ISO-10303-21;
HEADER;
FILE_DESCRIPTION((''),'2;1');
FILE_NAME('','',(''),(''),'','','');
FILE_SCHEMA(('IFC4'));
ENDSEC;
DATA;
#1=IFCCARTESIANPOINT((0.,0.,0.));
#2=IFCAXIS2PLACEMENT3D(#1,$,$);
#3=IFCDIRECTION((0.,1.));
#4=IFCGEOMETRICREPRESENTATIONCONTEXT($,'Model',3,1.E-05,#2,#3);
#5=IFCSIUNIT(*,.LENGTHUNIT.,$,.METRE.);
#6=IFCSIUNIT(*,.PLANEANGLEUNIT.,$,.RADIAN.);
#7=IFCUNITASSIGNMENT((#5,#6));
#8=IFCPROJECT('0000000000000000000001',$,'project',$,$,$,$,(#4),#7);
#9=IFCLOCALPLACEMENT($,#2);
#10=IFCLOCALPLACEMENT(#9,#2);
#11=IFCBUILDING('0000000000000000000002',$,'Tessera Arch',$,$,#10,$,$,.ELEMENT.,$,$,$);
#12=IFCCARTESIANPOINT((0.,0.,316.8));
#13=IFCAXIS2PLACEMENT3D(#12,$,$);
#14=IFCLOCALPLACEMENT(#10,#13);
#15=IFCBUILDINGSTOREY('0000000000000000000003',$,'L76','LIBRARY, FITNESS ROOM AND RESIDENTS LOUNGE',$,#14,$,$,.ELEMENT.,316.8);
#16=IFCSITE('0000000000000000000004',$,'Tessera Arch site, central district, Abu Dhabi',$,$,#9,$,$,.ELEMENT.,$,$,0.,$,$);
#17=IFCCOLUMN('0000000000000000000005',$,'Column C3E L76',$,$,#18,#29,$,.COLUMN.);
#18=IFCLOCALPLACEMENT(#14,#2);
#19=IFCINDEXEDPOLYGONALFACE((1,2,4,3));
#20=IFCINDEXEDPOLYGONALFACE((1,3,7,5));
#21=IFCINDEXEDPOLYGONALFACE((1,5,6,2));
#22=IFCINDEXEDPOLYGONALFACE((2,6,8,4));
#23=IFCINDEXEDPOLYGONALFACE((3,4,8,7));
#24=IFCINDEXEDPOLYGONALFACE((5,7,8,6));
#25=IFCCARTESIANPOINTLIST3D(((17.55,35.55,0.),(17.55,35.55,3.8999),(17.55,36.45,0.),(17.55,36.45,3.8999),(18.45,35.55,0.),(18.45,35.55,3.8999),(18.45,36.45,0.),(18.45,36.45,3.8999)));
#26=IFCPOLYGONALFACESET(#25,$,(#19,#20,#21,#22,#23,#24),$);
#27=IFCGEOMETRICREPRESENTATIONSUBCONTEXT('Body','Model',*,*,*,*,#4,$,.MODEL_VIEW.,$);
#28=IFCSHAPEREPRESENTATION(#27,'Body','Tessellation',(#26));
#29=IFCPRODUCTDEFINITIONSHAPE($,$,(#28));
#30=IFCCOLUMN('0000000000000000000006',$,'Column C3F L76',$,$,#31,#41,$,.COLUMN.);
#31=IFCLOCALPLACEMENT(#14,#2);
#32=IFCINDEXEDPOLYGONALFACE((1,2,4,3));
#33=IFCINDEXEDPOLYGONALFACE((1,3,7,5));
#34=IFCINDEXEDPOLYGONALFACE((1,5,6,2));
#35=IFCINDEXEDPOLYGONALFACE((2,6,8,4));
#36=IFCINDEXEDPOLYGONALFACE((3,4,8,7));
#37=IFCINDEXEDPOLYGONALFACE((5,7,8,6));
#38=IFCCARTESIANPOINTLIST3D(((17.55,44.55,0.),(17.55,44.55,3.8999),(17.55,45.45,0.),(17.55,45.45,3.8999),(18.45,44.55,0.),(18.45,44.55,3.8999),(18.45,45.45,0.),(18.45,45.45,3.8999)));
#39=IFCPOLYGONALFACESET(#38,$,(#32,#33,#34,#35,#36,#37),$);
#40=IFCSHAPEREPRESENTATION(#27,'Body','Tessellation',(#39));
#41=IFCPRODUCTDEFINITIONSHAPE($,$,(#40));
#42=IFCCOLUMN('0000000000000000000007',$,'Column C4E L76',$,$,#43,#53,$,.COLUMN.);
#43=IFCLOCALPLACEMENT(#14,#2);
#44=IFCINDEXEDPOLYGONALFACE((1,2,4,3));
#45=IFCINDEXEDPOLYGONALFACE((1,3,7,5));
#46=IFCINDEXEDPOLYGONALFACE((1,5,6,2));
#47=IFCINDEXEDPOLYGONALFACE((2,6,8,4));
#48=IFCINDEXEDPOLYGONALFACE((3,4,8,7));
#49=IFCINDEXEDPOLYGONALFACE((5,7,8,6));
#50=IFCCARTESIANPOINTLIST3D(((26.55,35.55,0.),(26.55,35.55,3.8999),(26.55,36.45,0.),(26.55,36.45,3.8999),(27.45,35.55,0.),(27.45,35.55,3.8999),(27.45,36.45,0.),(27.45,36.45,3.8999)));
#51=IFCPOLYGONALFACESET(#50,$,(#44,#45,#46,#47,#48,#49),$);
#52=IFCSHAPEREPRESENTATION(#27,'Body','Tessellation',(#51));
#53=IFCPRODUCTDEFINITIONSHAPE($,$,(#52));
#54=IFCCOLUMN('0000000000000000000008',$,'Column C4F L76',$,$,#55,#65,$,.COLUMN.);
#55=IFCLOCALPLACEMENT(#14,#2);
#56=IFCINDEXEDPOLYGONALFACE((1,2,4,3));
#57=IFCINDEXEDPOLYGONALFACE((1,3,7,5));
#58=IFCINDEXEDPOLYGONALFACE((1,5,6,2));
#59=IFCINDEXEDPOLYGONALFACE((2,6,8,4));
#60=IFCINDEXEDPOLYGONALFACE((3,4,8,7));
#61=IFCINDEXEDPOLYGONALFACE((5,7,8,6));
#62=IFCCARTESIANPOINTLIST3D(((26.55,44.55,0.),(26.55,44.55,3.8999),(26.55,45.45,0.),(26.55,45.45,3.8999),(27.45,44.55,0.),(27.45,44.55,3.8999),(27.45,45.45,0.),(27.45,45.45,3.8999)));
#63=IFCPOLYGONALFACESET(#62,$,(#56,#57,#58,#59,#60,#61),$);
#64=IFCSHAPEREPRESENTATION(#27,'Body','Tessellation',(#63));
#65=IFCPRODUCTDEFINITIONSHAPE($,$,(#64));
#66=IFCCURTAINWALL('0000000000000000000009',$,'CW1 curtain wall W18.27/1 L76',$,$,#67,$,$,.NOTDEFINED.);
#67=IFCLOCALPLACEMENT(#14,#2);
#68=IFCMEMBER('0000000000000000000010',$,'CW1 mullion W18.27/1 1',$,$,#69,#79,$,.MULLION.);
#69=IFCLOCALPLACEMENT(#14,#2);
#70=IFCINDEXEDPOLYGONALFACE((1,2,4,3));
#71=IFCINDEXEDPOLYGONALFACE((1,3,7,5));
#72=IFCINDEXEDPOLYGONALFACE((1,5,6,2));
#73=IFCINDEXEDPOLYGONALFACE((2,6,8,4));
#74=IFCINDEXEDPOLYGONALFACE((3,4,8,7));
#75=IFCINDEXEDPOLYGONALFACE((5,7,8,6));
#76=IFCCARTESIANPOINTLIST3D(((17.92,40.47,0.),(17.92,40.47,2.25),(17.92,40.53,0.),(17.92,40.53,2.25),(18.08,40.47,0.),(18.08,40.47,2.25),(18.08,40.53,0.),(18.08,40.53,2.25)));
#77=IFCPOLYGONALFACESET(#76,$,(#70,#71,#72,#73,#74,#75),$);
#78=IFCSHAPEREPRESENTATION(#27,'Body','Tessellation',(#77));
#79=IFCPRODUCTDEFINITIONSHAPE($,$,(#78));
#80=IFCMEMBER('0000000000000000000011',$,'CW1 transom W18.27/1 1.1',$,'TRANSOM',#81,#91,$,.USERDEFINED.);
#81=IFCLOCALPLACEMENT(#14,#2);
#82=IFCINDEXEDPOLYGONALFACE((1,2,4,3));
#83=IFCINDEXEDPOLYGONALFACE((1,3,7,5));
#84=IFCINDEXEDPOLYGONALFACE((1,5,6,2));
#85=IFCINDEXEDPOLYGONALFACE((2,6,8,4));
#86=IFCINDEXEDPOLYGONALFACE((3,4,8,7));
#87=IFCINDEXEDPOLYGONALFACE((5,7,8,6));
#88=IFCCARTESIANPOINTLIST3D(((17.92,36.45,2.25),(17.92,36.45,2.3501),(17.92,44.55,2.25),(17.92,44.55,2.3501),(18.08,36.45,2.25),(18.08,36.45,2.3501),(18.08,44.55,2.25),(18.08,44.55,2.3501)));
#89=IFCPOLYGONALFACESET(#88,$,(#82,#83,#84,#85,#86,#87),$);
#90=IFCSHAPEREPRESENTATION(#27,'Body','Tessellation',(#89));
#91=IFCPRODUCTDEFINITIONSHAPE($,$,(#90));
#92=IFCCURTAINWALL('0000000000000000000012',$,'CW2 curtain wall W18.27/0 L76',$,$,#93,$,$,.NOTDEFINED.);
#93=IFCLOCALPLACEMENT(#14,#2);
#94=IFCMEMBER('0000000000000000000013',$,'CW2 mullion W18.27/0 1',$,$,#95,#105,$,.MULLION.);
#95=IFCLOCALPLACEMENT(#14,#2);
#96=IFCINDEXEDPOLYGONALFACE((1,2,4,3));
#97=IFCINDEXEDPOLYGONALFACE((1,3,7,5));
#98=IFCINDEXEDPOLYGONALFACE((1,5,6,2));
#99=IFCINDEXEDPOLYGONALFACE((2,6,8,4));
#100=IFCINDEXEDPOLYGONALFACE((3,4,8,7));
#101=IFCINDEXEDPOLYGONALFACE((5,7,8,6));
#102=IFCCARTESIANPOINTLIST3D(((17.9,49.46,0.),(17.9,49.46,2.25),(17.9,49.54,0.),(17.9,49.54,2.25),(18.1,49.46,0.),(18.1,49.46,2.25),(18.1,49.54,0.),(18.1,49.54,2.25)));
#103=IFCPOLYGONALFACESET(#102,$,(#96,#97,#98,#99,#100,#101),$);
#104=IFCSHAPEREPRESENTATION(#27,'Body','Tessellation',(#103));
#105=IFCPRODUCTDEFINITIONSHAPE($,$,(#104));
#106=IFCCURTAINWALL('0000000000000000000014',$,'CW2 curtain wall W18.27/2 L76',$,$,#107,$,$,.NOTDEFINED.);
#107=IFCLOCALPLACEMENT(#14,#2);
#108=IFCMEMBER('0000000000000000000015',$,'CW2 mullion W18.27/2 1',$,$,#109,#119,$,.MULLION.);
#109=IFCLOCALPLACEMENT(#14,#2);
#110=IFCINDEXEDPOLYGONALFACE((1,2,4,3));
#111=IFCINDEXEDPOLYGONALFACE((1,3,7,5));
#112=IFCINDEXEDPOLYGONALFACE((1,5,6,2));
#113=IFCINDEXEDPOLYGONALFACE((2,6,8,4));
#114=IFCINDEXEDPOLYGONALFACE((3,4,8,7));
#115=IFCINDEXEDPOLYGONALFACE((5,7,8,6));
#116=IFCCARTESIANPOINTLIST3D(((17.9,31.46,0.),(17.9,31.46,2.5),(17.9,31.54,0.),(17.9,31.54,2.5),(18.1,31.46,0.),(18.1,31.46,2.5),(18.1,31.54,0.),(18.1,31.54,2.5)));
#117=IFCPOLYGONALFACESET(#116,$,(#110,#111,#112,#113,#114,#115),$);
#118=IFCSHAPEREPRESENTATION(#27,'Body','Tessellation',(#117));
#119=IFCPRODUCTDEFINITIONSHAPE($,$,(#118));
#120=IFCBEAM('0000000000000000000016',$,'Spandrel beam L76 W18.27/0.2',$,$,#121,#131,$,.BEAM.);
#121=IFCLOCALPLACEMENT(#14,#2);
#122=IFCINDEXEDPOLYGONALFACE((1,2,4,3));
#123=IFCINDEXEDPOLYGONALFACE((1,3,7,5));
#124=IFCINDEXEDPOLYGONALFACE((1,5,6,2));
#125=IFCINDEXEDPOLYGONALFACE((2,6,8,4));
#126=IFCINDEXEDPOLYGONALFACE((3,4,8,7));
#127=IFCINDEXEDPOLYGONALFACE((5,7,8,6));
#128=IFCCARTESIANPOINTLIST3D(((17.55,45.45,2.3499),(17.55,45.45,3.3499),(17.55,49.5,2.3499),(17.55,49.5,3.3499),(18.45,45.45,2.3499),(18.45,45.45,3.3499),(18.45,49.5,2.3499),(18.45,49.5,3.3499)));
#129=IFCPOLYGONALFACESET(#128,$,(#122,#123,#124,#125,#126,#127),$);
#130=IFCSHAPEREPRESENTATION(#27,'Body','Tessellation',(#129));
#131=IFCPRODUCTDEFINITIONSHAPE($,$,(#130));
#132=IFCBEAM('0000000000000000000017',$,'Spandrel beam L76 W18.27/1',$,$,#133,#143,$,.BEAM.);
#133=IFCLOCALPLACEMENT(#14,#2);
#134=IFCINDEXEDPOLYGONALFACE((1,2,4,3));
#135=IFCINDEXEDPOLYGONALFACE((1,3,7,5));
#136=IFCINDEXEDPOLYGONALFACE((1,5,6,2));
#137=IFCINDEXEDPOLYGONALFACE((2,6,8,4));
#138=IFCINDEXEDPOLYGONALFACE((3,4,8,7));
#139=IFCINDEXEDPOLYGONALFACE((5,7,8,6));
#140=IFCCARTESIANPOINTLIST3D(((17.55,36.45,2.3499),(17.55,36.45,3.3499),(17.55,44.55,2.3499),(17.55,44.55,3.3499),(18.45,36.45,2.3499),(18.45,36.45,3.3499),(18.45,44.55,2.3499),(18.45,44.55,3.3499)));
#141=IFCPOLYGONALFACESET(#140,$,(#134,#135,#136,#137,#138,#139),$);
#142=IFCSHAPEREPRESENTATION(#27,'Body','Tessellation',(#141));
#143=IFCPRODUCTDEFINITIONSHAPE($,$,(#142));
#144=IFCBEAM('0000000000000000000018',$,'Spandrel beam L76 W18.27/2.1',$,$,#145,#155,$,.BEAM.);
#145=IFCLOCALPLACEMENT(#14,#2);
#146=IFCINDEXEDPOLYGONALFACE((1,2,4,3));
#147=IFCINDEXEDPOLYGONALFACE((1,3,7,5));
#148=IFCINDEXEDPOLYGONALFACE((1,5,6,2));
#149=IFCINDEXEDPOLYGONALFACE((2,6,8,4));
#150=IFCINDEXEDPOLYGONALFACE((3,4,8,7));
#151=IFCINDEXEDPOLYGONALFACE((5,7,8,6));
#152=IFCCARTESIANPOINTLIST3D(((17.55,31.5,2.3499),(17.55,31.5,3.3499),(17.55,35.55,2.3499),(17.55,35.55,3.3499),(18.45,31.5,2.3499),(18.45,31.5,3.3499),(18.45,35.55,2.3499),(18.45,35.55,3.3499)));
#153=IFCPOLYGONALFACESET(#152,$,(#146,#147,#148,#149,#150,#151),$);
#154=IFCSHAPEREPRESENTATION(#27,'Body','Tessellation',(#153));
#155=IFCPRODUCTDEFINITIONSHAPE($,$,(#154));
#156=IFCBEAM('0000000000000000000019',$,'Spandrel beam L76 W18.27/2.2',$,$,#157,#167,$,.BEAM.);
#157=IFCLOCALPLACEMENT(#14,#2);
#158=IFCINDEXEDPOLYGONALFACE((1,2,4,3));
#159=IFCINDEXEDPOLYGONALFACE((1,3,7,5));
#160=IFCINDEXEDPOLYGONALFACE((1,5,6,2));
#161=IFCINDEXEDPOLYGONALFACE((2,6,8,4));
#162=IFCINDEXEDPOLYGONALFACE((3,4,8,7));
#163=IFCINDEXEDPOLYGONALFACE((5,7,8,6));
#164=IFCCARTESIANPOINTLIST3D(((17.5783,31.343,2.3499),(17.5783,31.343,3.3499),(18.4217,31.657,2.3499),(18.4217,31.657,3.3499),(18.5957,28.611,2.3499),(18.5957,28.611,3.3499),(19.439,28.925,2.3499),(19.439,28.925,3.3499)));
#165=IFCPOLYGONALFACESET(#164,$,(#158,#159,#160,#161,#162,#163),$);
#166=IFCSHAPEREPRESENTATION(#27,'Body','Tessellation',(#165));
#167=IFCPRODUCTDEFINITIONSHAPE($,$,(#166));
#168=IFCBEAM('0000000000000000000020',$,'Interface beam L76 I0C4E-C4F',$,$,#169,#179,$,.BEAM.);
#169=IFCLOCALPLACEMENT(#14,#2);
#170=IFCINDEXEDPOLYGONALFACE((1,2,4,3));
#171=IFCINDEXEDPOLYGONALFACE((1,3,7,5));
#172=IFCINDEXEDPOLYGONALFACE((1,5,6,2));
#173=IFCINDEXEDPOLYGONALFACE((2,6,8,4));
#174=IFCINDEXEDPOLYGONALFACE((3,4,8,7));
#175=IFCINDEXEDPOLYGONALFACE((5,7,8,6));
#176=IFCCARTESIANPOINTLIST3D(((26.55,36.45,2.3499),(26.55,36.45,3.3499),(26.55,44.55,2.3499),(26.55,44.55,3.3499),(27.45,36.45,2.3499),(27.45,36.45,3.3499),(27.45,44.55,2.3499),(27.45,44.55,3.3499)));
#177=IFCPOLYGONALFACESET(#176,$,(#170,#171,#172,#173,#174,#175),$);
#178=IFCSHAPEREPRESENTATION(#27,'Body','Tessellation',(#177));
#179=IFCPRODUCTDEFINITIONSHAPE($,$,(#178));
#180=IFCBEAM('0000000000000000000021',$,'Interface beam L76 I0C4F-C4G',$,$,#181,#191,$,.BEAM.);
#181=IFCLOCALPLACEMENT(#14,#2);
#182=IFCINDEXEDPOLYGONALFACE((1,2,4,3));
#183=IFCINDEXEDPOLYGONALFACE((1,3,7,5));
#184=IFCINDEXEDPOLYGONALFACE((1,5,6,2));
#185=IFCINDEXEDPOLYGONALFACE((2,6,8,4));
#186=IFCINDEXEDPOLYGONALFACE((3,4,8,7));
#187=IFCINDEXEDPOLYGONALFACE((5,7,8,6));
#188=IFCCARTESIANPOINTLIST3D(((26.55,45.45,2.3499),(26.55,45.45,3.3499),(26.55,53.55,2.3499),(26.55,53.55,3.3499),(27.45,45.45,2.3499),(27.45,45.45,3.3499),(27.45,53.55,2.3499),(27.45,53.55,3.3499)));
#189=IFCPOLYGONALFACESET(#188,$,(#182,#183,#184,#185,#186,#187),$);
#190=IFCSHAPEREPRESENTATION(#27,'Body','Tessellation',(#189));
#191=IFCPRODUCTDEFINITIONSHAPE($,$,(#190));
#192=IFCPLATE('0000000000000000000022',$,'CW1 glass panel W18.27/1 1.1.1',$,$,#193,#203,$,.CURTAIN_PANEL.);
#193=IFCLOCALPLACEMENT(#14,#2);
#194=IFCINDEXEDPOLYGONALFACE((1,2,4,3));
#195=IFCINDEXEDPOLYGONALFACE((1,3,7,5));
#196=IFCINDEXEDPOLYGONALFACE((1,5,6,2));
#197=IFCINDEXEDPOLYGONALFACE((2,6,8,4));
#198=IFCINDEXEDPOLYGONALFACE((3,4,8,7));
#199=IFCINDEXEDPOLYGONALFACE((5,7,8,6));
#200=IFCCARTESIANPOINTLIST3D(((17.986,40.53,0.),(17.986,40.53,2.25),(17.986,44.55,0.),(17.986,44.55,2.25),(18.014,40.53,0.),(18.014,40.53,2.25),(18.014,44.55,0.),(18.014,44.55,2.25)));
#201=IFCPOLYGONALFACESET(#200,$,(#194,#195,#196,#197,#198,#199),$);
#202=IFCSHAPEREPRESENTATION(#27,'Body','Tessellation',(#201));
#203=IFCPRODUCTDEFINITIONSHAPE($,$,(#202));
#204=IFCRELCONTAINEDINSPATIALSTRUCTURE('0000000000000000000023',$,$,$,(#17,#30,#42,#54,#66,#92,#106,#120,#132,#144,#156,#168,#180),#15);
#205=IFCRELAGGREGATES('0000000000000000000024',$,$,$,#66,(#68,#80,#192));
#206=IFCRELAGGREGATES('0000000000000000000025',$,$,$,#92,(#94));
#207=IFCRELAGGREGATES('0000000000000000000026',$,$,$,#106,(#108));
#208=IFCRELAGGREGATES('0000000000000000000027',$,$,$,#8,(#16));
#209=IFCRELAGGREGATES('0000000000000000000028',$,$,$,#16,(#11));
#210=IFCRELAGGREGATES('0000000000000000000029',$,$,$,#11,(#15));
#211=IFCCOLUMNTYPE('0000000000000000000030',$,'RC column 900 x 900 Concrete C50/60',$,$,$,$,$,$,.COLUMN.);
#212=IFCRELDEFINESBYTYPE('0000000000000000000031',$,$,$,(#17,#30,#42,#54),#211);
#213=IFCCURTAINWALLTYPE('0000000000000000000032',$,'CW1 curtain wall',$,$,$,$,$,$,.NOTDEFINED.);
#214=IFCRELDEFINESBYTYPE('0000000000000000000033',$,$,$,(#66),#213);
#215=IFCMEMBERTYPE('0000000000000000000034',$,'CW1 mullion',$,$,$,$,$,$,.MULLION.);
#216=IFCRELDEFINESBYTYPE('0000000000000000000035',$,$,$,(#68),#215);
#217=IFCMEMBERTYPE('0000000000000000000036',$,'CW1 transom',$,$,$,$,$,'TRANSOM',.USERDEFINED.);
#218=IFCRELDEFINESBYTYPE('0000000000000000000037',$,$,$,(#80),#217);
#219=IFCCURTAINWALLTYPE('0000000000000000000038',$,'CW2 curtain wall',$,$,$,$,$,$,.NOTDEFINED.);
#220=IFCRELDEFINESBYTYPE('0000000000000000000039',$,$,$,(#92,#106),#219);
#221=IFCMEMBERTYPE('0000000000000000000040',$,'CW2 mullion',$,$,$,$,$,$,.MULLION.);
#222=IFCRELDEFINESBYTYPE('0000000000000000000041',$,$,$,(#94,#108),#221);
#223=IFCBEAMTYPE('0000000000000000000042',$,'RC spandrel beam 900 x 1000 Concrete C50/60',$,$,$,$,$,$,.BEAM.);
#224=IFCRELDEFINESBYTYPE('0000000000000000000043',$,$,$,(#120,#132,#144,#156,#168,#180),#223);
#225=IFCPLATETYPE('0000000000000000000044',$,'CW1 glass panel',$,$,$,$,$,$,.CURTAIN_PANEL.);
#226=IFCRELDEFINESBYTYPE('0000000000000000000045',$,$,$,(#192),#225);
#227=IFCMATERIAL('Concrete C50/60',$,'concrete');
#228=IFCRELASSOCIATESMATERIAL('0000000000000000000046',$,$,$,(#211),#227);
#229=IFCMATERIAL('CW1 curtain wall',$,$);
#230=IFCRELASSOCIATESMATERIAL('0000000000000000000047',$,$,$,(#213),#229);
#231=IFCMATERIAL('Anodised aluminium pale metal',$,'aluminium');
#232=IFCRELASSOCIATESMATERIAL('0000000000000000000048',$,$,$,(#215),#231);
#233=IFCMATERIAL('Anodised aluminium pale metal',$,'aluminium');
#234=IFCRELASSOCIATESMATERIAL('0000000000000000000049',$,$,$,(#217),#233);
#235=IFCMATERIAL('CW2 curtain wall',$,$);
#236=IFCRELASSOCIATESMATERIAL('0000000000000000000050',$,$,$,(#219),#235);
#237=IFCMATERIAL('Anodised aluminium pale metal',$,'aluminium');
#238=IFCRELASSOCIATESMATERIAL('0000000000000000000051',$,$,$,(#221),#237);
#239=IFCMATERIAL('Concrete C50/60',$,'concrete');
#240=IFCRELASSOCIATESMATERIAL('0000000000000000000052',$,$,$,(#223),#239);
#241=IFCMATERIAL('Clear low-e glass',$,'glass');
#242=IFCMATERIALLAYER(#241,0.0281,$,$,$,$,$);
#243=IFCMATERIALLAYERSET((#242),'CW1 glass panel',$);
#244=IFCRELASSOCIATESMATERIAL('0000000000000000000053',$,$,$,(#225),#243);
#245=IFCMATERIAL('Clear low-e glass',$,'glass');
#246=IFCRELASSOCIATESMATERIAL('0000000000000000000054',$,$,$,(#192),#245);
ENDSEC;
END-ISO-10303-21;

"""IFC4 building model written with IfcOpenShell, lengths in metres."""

from ifc_helpers import new_model, si_unit, direction, frame, origin, origin_2d, place, context, subcontext, project, spatial, rectangle, extrude, material, layer, layer_set, material_profile, profile_set, type_object, element, aggregate, save


model = new_model("IFC4")

# Units and contexts
model_context = context("Model", 3, precision=1e-05, world=origin(), true_north=direction((0.0, 1.0)))
body_context = subcontext(model_context, "Body", "Model", "MODEL_VIEW")
ifc_project = project(units=[si_unit("LENGTHUNIT", "METRE"), si_unit("PLANEANGLEUNIT", "RADIAN")], contexts=[model_context])

# Site, building, storey
site_placement = place(None, origin())
site = spatial("IfcSite", under=ifc_project, at=site_placement, Name="Tessera Arch site, central district, Abu Dhabi", CompositionType="ELEMENT", RefElevation=0.0)
building_placement = place(site_placement, origin())
building = spatial("IfcBuilding", under=site, at=building_placement, Name="Tessera Arch", CompositionType="ELEMENT")
storey_placement = place(building_placement, frame((0.0, 0.0, 316.8)))
storey = spatial("IfcBuildingStorey", under=building, at=storey_placement, Name="L76", Description="LIBRARY, FITNESS ROOM AND RESIDENTS LOUNGE", CompositionType="ELEMENT", Elevation=316.8)

# Columns
ifc_material_1 = material(Name="Concrete C50/60", Category="concrete")
ifc_material_profile_1 = material_profile(ifc_material_1, rectangle(XDim=0.8999, YDim=0.8999, at=origin_2d()), Name="RC column 900 x 900 Concrete C50/60")
ifc_profile_set_1 = profile_set([ifc_material_profile_1], Name="Concrete C50/60")
column_type = type_object("IfcColumnType", Name="RC column 900 x 900 Concrete C50/60", PredefinedType="COLUMN", material=ifc_profile_set_1)
for number, where, z_axis, x_axis, name in (
    (1, (18.0, 36.0, 0.0), (0.0, 0.0, 1.0), (1.0, 0.0, 0.0), "Column C3E L76"),
    (2, (18.0, 45.0, 0.0), (0.0, 0.0, 1.0), (1.0, 0.0, 0.0), "Column C3F L76"),
    (3, (27.0, 36.0, 0.0), (0.0, 0.0, 1.0), (1.0, 0.0, 0.0), "Column C4E L76"),
    (4, (27.0, 45.0, 0.0), (0.0, 0.0, 1.0), (1.0, 0.0, 0.0), "Column C4F L76"),
):
    element("IfcColumn", number, at=place(storey_placement, frame(where, z_axis=z_axis, x_axis=x_axis)), inside=storey, type_object=column_type, Name=name, PredefinedType="COLUMN", context=body_context, shape_type="SweptSolid", body=[
        extrude(rectangle(XDim=0.8999, YDim=0.8999, at=origin_2d()), origin(), (0.0, 0.0, 1.0), 3.8999),
    ])

# Curtain wall, members
ifc_material_2 = material(Name="CW1 curtain wall")
curtain_wall_type_1 = type_object("IfcCurtainWallType", Name="CW1 curtain wall", PredefinedType="NOTDEFINED", material=ifc_material_2)
curtain_wall_1_placement = place(storey_placement, origin())
curtain_wall_1 = element("IfcCurtainWall", 5, at=curtain_wall_1_placement, inside=storey, type_object=curtain_wall_type_1, Name="CW1 curtain wall W18.27/1 L76", PredefinedType="NOTDEFINED")
ifc_material_3 = material(Name="Anodised aluminium pale metal", Category="aluminium")
ifc_material_profile_2 = material_profile(ifc_material_3, rectangle(XDim=0.1599, YDim=0.0601, at=origin_2d()), Name="AL 60x160")
ifc_profile_set_2 = profile_set([ifc_material_profile_2], Name="Anodised aluminium pale metal")
member_type_1 = type_object("IfcMemberType", Name="CW1 mullion", PredefinedType="MULLION", material=ifc_profile_set_2)
member_1_placement = place(storey_placement, frame((18.0, 40.5, 0.0), z_axis=(0.0, 0.0, 1.0), x_axis=(1.0, 0.0, 0.0)))
member_1 = element("IfcMember", 6, at=member_1_placement, type_object=member_type_1, Name="CW1 mullion W18.27/1 1", PredefinedType="MULLION", context=body_context, shape_type="SweptSolid", body=[
    extrude(rectangle(XDim=0.1599, YDim=0.0601, at=origin_2d()), origin(), (0.0, 0.0, 1.0), 2.25),
])
ifc_material_4 = material(Name="Anodised aluminium pale metal", Category="aluminium")
ifc_material_profile_3 = material_profile(ifc_material_4, rectangle(XDim=0.1599, YDim=0.1001, at=origin_2d()), Name="AL 160x100")
ifc_profile_set_3 = profile_set([ifc_material_profile_3], Name="Anodised aluminium pale metal")
member_type_2 = type_object("IfcMemberType", Name="CW1 transom", ElementType="TRANSOM", PredefinedType="USERDEFINED", material=ifc_profile_set_3)
member_2_placement = place(storey_placement, frame((18.0, 44.55, 2.3), z_axis=(0.0, -1.0, 0.0), x_axis=(1.0, 0.0, 0.0)))
member_2 = element("IfcMember", 7, at=member_2_placement, type_object=member_type_2, Name="CW1 transom W18.27/1 1.1", ObjectType="TRANSOM", PredefinedType="USERDEFINED", context=body_context, shape_type="SweptSolid", body=[
    extrude(rectangle(XDim=0.1599, YDim=0.1001, at=origin_2d()), origin(), (0.0, 0.0, 1.0), 8.1001),
])

# Curtain walls, members
ifc_material_5 = material(Name="CW2 curtain wall")
curtain_wall_type_2 = type_object("IfcCurtainWallType", Name="CW2 curtain wall", PredefinedType="NOTDEFINED", material=ifc_material_5)
curtain_wall_2_placement = place(storey_placement, origin())
curtain_wall_2 = element("IfcCurtainWall", 8, at=curtain_wall_2_placement, inside=storey, type_object=curtain_wall_type_2, Name="CW2 curtain wall W18.27/0 L76", PredefinedType="NOTDEFINED")
ifc_material_6 = material(Name="Anodised aluminium pale metal", Category="aluminium")
ifc_material_profile_4 = material_profile(ifc_material_6, rectangle(XDim=0.2, YDim=0.0801, at=origin_2d()), Name="AL 80x200")
ifc_profile_set_4 = profile_set([ifc_material_profile_4], Name="Anodised aluminium pale metal")
member_type_3 = type_object("IfcMemberType", Name="CW2 mullion", PredefinedType="MULLION", material=ifc_profile_set_4)
member_3_placement = place(storey_placement, frame((18.0, 49.5, 0.0), z_axis=(0.0, 0.0, 1.0), x_axis=(1.0, 0.0, 0.0)))
member_3 = element("IfcMember", 9, at=member_3_placement, type_object=member_type_3, Name="CW2 mullion W18.27/0 1", PredefinedType="MULLION", context=body_context, shape_type="SweptSolid", body=[
    extrude(rectangle(XDim=0.2, YDim=0.0801, at=origin_2d()), origin(), (0.0, 0.0, 1.0), 2.25),
])
curtain_wall_3_placement = place(storey_placement, origin())
curtain_wall_3 = element("IfcCurtainWall", 10, at=curtain_wall_3_placement, inside=storey, type_object=curtain_wall_type_2, Name="CW2 curtain wall W18.27/2 L76", PredefinedType="NOTDEFINED")
member_4_placement = place(storey_placement, frame((18.0, 31.5, 0.0), z_axis=(0.0, 0.0, 1.0), x_axis=(1.0, 0.0, 0.0)))
member_4 = element("IfcMember", 11, at=member_4_placement, type_object=member_type_3, Name="CW2 mullion W18.27/2 1", PredefinedType="MULLION", context=body_context, shape_type="SweptSolid", body=[
    extrude(rectangle(XDim=0.2, YDim=0.0801, at=origin_2d()), origin(), (0.0, 0.0, 1.0), 2.5),
])

# Beams
ifc_material_7 = material(Name="Concrete C50/60", Category="concrete")
ifc_material_profile_5 = material_profile(ifc_material_7, rectangle(XDim=0.8999, YDim=1.0, at=origin_2d()), Name="RC spandrel beam 900 x 1000 Concrete C50/60")
ifc_profile_set_5 = profile_set([ifc_material_profile_5], Name="Concrete C50/60")
beam_type = type_object("IfcBeamType", Name="RC spandrel beam 900 x 1000 Concrete C50/60", PredefinedType="BEAM", material=ifc_profile_set_5)
beam_1_placement = place(storey_placement, frame((18.0, 49.5, 2.8499), z_axis=(0.0, -1.0, 0.0), x_axis=(1.0, 0.0, 0.0)))
element("IfcBeam", 12, at=beam_1_placement, inside=storey, type_object=beam_type, Name="Spandrel beam L76 W18.27/0.2", PredefinedType="BEAM", context=body_context, shape_type="SweptSolid", body=[
    extrude(rectangle(XDim=0.8999, YDim=1.0, at=origin_2d()), origin(), (0.0, 0.0, 1.0), 4.05),
])
beam_2_placement = place(storey_placement, frame((18.0, 44.55, 2.8499), z_axis=(0.0, -1.0, 0.0), x_axis=(1.0, 0.0, 0.0)))
element("IfcBeam", 13, at=beam_2_placement, inside=storey, type_object=beam_type, Name="Spandrel beam L76 W18.27/1", PredefinedType="BEAM", context=body_context, shape_type="SweptSolid", body=[
    extrude(rectangle(XDim=0.8999, YDim=1.0, at=origin_2d()), origin(), (0.0, 0.0, 1.0), 8.1001),
])
beam_3_placement = place(storey_placement, frame((18.0, 35.55, 2.8499), z_axis=(0.0, -1.0, 0.0), x_axis=(1.0, 0.0, 0.0)))
element("IfcBeam", 14, at=beam_3_placement, inside=storey, type_object=beam_type, Name="Spandrel beam L76 W18.27/2.1", PredefinedType="BEAM", context=body_context, shape_type="SweptSolid", body=[
    extrude(rectangle(XDim=0.8999, YDim=1.0, at=origin_2d()), origin(), (0.0, 0.0, 1.0), 4.05),
])
beam_4_placement = place(storey_placement, frame((18.0, 31.5, 2.8499), z_axis=(0.348975, -0.937132, 0.0), x_axis=(0.937132, 0.348975, 0.0)))
element("IfcBeam", 15, at=beam_4_placement, inside=storey, type_object=beam_type, Name="Spandrel beam L76 W18.27/2.2", PredefinedType="BEAM", context=body_context, shape_type="SweptSolid", body=[
    extrude(rectangle(XDim=0.8999, YDim=1.0, at=origin_2d()), origin(), (0.0, 0.0, 1.0), 2.9153),
])
for number, where, z_axis, x_axis, name in (
    (16, (27.0, 36.45, 2.8499), (0.0, 1.0, 0.0), (-1.0, 0.0, 0.0), "Interface beam L76 I0C4E-C4F"),
    (17, (27.0, 45.45, 2.8499), (0.0, 1.0, 0.0), (-1.0, 0.0, 0.0), "Interface beam L76 I0C4F-C4G"),
):
    element("IfcBeam", number, at=place(storey_placement, frame(where, z_axis=z_axis, x_axis=x_axis)), inside=storey, type_object=beam_type, Name=name, PredefinedType="BEAM", context=body_context, shape_type="SweptSolid", body=[
        extrude(rectangle(XDim=0.8999, YDim=1.0, at=origin_2d()), origin(), (0.0, 0.0, 1.0), 8.1001),
    ])

# Plate
ifc_material_8 = material(Name="Clear low-e glass", Category="glass")
ifc_material_9 = material(Name="Clear low-e glass", Category="glass")
ifc_layer_1 = layer(ifc_material_9, 0.0281)
ifc_layer_set_1 = layer_set([ifc_layer_1], Name="CW1 glass panel")
plate_type_1 = type_object("IfcPlateType", Name="CW1 glass panel", PredefinedType="CURTAIN_PANEL", material=ifc_layer_set_1)
plate_1_placement = place(storey_placement, frame((18.0, 42.54, 0.0), z_axis=(0.0, 0.0, 1.0), x_axis=(0.0, -1.0, 0.0)))
plate_1 = element("IfcPlate", 18, at=plate_1_placement, type_object=plate_type_1, material=ifc_material_8, Name="CW1 glass panel W18.27/1 1.1.1", PredefinedType="CURTAIN_PANEL", context=body_context, shape_type="SweptSolid", body=[
    extrude(rectangle(XDim=4.02, YDim=0.0281, at=origin_2d()), origin(), (0.0, 0.0, 1.0), 2.25),
])
aggregate(curtain_wall_1, [member_1, member_2, plate_1])
aggregate(curtain_wall_2, [member_3])
aggregate(curtain_wall_3, [member_4])

save(model, "model.ifc")
